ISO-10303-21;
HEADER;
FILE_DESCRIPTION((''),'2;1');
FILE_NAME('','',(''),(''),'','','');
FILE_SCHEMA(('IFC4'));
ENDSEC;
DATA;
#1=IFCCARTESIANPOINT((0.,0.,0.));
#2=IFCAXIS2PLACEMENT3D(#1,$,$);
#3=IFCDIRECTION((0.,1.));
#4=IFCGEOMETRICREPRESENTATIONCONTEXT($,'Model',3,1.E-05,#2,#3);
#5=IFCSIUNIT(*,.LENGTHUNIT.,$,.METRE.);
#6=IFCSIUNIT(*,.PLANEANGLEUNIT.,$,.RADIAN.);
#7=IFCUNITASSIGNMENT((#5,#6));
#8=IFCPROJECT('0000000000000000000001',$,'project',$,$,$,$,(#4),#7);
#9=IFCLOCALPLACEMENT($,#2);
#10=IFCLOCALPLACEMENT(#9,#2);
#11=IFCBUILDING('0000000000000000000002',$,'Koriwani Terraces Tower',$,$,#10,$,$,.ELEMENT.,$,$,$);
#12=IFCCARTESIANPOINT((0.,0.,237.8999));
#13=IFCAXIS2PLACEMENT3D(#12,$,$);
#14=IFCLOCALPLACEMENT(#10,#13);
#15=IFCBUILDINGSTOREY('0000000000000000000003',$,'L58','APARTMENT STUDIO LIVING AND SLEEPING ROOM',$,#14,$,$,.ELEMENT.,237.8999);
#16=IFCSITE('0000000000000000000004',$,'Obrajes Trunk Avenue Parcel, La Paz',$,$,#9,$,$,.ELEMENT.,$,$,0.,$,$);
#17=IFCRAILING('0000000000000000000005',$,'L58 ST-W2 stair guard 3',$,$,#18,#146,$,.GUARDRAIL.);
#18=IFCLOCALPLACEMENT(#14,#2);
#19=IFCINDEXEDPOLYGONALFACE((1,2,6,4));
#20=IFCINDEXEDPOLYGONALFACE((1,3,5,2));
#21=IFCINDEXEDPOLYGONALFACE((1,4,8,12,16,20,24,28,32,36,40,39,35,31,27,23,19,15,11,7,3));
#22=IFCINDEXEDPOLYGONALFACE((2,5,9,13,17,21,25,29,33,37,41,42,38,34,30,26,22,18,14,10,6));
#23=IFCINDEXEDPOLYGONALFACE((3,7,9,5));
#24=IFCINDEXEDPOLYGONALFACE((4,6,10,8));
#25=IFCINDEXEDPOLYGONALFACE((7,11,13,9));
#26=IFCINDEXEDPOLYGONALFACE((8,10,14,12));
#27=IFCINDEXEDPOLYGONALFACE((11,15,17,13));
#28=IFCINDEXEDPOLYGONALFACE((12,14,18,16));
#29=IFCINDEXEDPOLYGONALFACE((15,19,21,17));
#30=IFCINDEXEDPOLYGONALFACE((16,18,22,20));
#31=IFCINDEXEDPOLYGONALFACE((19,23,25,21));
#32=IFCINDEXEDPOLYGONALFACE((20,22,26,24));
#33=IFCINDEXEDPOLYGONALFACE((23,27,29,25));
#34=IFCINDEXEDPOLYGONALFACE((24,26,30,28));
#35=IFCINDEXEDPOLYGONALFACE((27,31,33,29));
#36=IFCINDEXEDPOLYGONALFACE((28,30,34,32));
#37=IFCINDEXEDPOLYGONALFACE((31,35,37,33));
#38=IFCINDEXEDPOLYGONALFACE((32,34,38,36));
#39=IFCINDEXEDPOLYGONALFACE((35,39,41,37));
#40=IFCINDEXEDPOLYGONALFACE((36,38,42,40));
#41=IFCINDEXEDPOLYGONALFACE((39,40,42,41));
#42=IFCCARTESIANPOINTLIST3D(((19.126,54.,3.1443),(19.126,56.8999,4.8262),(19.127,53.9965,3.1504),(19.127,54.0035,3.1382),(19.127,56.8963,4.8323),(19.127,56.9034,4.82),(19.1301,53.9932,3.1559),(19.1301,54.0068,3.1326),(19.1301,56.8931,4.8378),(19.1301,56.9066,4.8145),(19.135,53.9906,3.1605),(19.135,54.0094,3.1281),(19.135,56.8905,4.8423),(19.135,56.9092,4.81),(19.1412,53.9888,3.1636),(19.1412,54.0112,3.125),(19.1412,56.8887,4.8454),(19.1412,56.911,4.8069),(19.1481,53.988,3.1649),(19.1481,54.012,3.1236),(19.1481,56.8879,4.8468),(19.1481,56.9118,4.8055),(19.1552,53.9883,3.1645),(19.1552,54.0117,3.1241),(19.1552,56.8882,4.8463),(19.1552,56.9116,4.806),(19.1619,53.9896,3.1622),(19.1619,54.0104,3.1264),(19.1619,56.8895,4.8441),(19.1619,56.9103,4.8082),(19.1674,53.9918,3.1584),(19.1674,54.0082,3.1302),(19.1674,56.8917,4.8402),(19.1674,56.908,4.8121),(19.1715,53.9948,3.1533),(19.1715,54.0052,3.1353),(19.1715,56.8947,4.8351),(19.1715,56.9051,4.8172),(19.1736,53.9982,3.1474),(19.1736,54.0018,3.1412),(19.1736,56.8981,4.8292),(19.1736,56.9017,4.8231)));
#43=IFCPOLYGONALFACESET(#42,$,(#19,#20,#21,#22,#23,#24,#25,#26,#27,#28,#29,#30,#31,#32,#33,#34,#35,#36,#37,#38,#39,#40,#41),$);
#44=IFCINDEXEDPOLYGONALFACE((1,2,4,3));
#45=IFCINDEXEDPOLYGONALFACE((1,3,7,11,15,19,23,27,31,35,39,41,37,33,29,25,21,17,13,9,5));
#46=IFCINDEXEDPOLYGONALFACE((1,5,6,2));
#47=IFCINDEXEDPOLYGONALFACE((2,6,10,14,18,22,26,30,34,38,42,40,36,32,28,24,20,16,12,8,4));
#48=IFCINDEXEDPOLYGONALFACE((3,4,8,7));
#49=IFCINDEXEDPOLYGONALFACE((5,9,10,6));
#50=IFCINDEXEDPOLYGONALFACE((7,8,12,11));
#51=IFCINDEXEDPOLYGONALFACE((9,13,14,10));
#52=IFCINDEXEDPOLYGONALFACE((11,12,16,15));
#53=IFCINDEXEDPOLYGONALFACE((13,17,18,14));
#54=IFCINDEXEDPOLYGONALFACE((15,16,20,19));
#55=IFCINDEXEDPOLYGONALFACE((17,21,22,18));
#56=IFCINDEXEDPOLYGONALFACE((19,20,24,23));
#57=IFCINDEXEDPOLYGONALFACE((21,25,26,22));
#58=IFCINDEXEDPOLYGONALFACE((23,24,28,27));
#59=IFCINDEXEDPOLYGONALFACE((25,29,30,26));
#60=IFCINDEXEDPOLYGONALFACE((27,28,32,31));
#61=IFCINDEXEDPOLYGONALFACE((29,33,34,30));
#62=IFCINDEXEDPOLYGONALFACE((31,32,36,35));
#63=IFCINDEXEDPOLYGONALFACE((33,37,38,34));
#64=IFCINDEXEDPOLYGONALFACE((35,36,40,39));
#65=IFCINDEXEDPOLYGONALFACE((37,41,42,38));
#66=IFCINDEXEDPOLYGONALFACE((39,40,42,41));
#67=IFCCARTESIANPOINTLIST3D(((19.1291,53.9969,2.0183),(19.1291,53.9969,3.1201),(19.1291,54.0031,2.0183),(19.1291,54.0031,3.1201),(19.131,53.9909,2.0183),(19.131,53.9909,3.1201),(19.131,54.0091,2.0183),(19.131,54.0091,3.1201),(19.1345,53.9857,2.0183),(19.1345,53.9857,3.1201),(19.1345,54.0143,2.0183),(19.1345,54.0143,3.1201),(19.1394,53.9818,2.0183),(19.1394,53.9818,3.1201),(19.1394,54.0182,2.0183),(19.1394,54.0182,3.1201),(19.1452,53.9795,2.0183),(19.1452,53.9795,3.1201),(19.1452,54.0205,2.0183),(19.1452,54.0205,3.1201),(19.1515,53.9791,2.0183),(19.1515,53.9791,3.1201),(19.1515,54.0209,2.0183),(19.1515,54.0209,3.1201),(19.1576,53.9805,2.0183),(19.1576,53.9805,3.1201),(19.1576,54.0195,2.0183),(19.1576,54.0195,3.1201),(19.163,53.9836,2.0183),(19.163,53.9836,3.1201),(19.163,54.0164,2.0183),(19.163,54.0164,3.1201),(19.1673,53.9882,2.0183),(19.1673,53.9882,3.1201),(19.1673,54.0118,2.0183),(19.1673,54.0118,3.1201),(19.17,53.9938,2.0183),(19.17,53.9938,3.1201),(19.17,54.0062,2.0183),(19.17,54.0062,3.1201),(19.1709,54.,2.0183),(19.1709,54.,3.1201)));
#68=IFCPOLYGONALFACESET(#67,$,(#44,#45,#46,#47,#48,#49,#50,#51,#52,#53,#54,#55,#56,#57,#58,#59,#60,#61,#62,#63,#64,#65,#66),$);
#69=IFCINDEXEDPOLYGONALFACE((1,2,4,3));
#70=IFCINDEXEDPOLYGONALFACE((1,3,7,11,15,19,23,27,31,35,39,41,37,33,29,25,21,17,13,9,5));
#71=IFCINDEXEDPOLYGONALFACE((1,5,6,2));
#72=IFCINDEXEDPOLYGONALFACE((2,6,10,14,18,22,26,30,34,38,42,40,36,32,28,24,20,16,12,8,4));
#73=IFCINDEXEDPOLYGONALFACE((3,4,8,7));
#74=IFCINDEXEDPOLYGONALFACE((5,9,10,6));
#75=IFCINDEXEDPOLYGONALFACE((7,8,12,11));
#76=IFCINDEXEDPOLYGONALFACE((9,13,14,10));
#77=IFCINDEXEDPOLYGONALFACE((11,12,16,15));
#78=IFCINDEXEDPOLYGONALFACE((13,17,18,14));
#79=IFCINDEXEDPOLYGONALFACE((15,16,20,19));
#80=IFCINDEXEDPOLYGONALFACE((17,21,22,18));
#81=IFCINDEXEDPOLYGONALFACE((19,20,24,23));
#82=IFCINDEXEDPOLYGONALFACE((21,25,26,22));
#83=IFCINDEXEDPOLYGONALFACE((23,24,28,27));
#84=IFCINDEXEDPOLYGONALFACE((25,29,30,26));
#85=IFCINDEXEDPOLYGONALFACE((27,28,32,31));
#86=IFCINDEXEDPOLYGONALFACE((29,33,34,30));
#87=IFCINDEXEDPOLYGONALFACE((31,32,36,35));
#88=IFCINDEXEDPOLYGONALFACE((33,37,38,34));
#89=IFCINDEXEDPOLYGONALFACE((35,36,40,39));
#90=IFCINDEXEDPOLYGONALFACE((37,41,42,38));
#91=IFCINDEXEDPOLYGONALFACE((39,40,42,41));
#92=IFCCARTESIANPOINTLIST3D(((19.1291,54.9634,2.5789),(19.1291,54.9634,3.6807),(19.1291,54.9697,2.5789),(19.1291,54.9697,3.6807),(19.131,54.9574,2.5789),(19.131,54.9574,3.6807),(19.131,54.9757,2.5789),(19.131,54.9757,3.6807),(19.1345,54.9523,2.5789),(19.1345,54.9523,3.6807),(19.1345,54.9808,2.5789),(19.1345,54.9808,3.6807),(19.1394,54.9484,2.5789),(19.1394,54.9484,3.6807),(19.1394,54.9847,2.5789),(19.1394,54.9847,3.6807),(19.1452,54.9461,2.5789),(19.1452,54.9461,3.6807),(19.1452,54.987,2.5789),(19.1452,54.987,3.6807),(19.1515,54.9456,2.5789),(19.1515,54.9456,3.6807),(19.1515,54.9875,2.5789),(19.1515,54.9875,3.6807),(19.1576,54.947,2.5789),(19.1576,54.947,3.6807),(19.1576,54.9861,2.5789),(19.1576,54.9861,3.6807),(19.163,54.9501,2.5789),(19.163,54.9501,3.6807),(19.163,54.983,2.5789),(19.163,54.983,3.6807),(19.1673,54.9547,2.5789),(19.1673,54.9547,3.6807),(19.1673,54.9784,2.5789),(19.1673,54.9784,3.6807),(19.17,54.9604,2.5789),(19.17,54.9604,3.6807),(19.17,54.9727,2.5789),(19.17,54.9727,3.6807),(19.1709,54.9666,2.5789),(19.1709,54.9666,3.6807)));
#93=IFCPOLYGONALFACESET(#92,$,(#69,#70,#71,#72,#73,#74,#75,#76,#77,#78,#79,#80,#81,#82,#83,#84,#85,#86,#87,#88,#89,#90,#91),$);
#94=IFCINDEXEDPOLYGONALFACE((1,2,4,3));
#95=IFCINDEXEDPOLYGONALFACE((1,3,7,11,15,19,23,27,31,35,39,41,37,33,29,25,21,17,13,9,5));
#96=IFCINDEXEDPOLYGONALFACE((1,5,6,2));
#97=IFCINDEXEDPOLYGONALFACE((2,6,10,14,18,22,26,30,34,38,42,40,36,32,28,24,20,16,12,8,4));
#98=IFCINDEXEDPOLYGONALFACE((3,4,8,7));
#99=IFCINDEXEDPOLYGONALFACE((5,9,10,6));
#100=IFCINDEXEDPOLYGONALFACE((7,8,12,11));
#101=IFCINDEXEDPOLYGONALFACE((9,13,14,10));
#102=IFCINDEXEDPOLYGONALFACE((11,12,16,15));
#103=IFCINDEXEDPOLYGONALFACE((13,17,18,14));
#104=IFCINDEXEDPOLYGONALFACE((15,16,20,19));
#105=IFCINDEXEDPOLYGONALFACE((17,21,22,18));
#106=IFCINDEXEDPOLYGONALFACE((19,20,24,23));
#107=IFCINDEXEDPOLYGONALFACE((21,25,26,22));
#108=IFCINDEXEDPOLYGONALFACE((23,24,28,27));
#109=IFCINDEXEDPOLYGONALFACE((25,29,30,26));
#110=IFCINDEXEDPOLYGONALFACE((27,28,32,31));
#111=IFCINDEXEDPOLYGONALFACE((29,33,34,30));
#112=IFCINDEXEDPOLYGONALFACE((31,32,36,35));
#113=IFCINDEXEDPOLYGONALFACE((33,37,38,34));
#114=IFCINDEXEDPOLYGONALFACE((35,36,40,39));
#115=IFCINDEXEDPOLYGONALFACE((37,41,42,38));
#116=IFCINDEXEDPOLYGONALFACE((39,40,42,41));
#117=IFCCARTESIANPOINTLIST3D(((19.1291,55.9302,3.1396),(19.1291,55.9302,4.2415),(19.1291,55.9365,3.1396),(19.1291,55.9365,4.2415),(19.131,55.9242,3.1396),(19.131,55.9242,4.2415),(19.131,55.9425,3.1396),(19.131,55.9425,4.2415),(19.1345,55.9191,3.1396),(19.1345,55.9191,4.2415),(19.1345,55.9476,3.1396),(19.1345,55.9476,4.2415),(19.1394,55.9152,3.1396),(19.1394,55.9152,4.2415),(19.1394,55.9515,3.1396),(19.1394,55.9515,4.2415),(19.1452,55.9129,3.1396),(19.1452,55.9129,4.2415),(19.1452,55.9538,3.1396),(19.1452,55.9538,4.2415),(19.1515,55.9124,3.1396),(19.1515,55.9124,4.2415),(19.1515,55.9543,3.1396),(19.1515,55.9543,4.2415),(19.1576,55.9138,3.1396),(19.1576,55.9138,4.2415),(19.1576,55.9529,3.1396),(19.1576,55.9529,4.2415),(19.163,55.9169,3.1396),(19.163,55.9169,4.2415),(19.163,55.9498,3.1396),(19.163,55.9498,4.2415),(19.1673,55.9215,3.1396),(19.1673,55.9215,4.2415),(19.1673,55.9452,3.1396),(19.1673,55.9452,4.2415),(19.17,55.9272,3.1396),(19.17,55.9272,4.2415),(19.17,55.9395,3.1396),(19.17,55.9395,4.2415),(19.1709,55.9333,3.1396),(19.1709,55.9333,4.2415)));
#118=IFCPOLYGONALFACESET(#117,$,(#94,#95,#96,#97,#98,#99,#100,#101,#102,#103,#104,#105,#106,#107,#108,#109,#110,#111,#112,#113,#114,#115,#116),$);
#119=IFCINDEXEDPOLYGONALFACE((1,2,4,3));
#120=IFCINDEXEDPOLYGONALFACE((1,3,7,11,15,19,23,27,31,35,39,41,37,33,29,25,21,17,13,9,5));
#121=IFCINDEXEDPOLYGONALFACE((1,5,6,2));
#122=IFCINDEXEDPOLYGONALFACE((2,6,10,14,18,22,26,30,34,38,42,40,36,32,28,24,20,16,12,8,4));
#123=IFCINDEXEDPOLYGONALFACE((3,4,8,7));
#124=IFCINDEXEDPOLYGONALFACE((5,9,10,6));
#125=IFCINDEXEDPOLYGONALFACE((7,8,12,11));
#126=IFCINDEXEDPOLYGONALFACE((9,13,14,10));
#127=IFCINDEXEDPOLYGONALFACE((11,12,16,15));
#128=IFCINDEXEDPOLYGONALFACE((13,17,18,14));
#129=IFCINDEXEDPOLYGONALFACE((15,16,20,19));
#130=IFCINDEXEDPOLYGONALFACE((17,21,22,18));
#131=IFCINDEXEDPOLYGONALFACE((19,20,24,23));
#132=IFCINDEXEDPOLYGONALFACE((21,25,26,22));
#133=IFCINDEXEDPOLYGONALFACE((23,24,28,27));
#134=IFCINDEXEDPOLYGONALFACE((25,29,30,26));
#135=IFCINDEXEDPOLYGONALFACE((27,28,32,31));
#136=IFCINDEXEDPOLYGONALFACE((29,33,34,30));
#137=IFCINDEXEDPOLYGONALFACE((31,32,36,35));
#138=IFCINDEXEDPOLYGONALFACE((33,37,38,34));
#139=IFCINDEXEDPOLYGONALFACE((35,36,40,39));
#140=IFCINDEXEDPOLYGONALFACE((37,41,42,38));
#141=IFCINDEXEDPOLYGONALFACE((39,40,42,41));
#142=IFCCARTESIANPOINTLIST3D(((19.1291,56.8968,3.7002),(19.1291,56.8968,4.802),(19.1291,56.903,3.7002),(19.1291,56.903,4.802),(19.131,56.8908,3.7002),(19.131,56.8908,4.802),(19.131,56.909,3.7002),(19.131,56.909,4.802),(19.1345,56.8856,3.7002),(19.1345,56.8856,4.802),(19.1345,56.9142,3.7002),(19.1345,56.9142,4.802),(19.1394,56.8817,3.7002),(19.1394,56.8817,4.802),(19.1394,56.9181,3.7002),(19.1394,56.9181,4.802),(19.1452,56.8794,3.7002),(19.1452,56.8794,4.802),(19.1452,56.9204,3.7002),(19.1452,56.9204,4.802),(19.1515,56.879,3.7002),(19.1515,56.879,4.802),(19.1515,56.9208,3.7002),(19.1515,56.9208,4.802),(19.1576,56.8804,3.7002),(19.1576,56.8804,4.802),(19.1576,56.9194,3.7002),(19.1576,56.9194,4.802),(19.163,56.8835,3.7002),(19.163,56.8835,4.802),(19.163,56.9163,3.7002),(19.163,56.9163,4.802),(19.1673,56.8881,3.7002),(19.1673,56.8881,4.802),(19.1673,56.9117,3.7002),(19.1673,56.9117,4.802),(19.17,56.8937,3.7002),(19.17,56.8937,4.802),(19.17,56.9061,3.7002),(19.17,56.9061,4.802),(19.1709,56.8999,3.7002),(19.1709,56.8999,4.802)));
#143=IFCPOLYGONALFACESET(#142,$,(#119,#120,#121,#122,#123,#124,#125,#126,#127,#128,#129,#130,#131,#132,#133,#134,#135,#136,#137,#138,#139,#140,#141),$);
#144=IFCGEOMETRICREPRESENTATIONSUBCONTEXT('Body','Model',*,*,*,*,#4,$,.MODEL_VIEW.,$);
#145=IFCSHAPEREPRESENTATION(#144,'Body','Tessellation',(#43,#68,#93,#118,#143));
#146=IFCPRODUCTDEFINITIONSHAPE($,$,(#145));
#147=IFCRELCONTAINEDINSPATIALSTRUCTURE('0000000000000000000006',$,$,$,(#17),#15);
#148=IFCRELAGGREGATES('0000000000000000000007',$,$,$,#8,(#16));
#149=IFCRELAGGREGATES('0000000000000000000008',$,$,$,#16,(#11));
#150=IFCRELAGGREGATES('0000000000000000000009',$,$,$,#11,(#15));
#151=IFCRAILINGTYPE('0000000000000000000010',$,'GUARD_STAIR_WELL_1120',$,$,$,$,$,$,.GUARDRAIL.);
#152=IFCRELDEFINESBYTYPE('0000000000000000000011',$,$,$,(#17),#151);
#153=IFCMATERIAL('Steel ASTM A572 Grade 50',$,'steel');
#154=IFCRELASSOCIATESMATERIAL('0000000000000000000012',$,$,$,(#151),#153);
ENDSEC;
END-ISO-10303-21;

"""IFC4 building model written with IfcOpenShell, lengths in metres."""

from ifc_helpers import new_model, si_unit, direction, frame, origin, origin_2d, place, context, subcontext, project, spatial, circle, extrude, material, type_object, element, save


model = new_model("IFC4")

# Units and contexts
model_context = context("Model", 3, precision=1e-05, world=origin(), true_north=direction((0.0, 1.0)))
body_context = subcontext(model_context, "Body", "Model", "MODEL_VIEW")
ifc_project = project(units=[si_unit("LENGTHUNIT", "METRE"), si_unit("PLANEANGLEUNIT", "RADIAN")], contexts=[model_context])

# Site, building, storey
site_placement = place(None, origin())
site = spatial("IfcSite", under=ifc_project, at=site_placement, Name="Obrajes Trunk Avenue Parcel, La Paz", CompositionType="ELEMENT", RefElevation=0.0)
building_placement = place(site_placement, origin())
building = spatial("IfcBuilding", under=site, at=building_placement, Name="Koriwani Terraces Tower", CompositionType="ELEMENT")
storey_placement = place(building_placement, frame((0.0, 0.0, 237.8999)))
storey = spatial("IfcBuildingStorey", under=building, at=storey_placement, Name="L58", Description="APARTMENT STUDIO LIVING AND SLEEPING ROOM", CompositionType="ELEMENT", Elevation=237.8999)

# Shared definitions
ifc_material_1 = material(Name="Steel ASTM A572 Grade 50", Category="steel")

# Railing
railing_type_1 = type_object("IfcRailingType", Name="GUARD_STAIR_WELL_1120", PredefinedType="GUARDRAIL", material=ifc_material_1)
railing_1_placement = place(storey_placement, frame((19.1499, 54.0, 2.0183)))
element("IfcRailing", 1, at=railing_1_placement, inside=storey, type_object=railing_type_1, Name="L58 ST-W2 stair guard 3", PredefinedType="GUARDRAIL", context=body_context, shape_type="SweptSolid", body=[
    extrude(circle(Radius=0.0239, at=origin_2d()), frame((0.0, 0.0, 1.126), z_axis=(0.0, 0.865039, 0.501705), x_axis=(-1.0, 0.0, 0.0)), (0.0, 0.0, 1.0), 3.3523),
    extrude(circle(Radius=0.021, at=origin_2d()), origin(), (0.0, 0.0, 1.0), 1.1018),
    extrude(circle(Radius=0.021, at=origin_2d()), frame((0.0, 0.9666, 0.5605)), (0.0, 0.0, 1.0), 1.1018),
    extrude(circle(Radius=0.021, at=origin_2d()), frame((0.0, 1.9333, 1.1213)), (0.0, 0.0, 1.0), 1.1018),
    extrude(circle(Radius=0.021, at=origin_2d()), frame((0.0, 2.8999, 1.6819)), (0.0, 0.0, 1.0), 1.1018),
])

save(model, "model.ifc")
